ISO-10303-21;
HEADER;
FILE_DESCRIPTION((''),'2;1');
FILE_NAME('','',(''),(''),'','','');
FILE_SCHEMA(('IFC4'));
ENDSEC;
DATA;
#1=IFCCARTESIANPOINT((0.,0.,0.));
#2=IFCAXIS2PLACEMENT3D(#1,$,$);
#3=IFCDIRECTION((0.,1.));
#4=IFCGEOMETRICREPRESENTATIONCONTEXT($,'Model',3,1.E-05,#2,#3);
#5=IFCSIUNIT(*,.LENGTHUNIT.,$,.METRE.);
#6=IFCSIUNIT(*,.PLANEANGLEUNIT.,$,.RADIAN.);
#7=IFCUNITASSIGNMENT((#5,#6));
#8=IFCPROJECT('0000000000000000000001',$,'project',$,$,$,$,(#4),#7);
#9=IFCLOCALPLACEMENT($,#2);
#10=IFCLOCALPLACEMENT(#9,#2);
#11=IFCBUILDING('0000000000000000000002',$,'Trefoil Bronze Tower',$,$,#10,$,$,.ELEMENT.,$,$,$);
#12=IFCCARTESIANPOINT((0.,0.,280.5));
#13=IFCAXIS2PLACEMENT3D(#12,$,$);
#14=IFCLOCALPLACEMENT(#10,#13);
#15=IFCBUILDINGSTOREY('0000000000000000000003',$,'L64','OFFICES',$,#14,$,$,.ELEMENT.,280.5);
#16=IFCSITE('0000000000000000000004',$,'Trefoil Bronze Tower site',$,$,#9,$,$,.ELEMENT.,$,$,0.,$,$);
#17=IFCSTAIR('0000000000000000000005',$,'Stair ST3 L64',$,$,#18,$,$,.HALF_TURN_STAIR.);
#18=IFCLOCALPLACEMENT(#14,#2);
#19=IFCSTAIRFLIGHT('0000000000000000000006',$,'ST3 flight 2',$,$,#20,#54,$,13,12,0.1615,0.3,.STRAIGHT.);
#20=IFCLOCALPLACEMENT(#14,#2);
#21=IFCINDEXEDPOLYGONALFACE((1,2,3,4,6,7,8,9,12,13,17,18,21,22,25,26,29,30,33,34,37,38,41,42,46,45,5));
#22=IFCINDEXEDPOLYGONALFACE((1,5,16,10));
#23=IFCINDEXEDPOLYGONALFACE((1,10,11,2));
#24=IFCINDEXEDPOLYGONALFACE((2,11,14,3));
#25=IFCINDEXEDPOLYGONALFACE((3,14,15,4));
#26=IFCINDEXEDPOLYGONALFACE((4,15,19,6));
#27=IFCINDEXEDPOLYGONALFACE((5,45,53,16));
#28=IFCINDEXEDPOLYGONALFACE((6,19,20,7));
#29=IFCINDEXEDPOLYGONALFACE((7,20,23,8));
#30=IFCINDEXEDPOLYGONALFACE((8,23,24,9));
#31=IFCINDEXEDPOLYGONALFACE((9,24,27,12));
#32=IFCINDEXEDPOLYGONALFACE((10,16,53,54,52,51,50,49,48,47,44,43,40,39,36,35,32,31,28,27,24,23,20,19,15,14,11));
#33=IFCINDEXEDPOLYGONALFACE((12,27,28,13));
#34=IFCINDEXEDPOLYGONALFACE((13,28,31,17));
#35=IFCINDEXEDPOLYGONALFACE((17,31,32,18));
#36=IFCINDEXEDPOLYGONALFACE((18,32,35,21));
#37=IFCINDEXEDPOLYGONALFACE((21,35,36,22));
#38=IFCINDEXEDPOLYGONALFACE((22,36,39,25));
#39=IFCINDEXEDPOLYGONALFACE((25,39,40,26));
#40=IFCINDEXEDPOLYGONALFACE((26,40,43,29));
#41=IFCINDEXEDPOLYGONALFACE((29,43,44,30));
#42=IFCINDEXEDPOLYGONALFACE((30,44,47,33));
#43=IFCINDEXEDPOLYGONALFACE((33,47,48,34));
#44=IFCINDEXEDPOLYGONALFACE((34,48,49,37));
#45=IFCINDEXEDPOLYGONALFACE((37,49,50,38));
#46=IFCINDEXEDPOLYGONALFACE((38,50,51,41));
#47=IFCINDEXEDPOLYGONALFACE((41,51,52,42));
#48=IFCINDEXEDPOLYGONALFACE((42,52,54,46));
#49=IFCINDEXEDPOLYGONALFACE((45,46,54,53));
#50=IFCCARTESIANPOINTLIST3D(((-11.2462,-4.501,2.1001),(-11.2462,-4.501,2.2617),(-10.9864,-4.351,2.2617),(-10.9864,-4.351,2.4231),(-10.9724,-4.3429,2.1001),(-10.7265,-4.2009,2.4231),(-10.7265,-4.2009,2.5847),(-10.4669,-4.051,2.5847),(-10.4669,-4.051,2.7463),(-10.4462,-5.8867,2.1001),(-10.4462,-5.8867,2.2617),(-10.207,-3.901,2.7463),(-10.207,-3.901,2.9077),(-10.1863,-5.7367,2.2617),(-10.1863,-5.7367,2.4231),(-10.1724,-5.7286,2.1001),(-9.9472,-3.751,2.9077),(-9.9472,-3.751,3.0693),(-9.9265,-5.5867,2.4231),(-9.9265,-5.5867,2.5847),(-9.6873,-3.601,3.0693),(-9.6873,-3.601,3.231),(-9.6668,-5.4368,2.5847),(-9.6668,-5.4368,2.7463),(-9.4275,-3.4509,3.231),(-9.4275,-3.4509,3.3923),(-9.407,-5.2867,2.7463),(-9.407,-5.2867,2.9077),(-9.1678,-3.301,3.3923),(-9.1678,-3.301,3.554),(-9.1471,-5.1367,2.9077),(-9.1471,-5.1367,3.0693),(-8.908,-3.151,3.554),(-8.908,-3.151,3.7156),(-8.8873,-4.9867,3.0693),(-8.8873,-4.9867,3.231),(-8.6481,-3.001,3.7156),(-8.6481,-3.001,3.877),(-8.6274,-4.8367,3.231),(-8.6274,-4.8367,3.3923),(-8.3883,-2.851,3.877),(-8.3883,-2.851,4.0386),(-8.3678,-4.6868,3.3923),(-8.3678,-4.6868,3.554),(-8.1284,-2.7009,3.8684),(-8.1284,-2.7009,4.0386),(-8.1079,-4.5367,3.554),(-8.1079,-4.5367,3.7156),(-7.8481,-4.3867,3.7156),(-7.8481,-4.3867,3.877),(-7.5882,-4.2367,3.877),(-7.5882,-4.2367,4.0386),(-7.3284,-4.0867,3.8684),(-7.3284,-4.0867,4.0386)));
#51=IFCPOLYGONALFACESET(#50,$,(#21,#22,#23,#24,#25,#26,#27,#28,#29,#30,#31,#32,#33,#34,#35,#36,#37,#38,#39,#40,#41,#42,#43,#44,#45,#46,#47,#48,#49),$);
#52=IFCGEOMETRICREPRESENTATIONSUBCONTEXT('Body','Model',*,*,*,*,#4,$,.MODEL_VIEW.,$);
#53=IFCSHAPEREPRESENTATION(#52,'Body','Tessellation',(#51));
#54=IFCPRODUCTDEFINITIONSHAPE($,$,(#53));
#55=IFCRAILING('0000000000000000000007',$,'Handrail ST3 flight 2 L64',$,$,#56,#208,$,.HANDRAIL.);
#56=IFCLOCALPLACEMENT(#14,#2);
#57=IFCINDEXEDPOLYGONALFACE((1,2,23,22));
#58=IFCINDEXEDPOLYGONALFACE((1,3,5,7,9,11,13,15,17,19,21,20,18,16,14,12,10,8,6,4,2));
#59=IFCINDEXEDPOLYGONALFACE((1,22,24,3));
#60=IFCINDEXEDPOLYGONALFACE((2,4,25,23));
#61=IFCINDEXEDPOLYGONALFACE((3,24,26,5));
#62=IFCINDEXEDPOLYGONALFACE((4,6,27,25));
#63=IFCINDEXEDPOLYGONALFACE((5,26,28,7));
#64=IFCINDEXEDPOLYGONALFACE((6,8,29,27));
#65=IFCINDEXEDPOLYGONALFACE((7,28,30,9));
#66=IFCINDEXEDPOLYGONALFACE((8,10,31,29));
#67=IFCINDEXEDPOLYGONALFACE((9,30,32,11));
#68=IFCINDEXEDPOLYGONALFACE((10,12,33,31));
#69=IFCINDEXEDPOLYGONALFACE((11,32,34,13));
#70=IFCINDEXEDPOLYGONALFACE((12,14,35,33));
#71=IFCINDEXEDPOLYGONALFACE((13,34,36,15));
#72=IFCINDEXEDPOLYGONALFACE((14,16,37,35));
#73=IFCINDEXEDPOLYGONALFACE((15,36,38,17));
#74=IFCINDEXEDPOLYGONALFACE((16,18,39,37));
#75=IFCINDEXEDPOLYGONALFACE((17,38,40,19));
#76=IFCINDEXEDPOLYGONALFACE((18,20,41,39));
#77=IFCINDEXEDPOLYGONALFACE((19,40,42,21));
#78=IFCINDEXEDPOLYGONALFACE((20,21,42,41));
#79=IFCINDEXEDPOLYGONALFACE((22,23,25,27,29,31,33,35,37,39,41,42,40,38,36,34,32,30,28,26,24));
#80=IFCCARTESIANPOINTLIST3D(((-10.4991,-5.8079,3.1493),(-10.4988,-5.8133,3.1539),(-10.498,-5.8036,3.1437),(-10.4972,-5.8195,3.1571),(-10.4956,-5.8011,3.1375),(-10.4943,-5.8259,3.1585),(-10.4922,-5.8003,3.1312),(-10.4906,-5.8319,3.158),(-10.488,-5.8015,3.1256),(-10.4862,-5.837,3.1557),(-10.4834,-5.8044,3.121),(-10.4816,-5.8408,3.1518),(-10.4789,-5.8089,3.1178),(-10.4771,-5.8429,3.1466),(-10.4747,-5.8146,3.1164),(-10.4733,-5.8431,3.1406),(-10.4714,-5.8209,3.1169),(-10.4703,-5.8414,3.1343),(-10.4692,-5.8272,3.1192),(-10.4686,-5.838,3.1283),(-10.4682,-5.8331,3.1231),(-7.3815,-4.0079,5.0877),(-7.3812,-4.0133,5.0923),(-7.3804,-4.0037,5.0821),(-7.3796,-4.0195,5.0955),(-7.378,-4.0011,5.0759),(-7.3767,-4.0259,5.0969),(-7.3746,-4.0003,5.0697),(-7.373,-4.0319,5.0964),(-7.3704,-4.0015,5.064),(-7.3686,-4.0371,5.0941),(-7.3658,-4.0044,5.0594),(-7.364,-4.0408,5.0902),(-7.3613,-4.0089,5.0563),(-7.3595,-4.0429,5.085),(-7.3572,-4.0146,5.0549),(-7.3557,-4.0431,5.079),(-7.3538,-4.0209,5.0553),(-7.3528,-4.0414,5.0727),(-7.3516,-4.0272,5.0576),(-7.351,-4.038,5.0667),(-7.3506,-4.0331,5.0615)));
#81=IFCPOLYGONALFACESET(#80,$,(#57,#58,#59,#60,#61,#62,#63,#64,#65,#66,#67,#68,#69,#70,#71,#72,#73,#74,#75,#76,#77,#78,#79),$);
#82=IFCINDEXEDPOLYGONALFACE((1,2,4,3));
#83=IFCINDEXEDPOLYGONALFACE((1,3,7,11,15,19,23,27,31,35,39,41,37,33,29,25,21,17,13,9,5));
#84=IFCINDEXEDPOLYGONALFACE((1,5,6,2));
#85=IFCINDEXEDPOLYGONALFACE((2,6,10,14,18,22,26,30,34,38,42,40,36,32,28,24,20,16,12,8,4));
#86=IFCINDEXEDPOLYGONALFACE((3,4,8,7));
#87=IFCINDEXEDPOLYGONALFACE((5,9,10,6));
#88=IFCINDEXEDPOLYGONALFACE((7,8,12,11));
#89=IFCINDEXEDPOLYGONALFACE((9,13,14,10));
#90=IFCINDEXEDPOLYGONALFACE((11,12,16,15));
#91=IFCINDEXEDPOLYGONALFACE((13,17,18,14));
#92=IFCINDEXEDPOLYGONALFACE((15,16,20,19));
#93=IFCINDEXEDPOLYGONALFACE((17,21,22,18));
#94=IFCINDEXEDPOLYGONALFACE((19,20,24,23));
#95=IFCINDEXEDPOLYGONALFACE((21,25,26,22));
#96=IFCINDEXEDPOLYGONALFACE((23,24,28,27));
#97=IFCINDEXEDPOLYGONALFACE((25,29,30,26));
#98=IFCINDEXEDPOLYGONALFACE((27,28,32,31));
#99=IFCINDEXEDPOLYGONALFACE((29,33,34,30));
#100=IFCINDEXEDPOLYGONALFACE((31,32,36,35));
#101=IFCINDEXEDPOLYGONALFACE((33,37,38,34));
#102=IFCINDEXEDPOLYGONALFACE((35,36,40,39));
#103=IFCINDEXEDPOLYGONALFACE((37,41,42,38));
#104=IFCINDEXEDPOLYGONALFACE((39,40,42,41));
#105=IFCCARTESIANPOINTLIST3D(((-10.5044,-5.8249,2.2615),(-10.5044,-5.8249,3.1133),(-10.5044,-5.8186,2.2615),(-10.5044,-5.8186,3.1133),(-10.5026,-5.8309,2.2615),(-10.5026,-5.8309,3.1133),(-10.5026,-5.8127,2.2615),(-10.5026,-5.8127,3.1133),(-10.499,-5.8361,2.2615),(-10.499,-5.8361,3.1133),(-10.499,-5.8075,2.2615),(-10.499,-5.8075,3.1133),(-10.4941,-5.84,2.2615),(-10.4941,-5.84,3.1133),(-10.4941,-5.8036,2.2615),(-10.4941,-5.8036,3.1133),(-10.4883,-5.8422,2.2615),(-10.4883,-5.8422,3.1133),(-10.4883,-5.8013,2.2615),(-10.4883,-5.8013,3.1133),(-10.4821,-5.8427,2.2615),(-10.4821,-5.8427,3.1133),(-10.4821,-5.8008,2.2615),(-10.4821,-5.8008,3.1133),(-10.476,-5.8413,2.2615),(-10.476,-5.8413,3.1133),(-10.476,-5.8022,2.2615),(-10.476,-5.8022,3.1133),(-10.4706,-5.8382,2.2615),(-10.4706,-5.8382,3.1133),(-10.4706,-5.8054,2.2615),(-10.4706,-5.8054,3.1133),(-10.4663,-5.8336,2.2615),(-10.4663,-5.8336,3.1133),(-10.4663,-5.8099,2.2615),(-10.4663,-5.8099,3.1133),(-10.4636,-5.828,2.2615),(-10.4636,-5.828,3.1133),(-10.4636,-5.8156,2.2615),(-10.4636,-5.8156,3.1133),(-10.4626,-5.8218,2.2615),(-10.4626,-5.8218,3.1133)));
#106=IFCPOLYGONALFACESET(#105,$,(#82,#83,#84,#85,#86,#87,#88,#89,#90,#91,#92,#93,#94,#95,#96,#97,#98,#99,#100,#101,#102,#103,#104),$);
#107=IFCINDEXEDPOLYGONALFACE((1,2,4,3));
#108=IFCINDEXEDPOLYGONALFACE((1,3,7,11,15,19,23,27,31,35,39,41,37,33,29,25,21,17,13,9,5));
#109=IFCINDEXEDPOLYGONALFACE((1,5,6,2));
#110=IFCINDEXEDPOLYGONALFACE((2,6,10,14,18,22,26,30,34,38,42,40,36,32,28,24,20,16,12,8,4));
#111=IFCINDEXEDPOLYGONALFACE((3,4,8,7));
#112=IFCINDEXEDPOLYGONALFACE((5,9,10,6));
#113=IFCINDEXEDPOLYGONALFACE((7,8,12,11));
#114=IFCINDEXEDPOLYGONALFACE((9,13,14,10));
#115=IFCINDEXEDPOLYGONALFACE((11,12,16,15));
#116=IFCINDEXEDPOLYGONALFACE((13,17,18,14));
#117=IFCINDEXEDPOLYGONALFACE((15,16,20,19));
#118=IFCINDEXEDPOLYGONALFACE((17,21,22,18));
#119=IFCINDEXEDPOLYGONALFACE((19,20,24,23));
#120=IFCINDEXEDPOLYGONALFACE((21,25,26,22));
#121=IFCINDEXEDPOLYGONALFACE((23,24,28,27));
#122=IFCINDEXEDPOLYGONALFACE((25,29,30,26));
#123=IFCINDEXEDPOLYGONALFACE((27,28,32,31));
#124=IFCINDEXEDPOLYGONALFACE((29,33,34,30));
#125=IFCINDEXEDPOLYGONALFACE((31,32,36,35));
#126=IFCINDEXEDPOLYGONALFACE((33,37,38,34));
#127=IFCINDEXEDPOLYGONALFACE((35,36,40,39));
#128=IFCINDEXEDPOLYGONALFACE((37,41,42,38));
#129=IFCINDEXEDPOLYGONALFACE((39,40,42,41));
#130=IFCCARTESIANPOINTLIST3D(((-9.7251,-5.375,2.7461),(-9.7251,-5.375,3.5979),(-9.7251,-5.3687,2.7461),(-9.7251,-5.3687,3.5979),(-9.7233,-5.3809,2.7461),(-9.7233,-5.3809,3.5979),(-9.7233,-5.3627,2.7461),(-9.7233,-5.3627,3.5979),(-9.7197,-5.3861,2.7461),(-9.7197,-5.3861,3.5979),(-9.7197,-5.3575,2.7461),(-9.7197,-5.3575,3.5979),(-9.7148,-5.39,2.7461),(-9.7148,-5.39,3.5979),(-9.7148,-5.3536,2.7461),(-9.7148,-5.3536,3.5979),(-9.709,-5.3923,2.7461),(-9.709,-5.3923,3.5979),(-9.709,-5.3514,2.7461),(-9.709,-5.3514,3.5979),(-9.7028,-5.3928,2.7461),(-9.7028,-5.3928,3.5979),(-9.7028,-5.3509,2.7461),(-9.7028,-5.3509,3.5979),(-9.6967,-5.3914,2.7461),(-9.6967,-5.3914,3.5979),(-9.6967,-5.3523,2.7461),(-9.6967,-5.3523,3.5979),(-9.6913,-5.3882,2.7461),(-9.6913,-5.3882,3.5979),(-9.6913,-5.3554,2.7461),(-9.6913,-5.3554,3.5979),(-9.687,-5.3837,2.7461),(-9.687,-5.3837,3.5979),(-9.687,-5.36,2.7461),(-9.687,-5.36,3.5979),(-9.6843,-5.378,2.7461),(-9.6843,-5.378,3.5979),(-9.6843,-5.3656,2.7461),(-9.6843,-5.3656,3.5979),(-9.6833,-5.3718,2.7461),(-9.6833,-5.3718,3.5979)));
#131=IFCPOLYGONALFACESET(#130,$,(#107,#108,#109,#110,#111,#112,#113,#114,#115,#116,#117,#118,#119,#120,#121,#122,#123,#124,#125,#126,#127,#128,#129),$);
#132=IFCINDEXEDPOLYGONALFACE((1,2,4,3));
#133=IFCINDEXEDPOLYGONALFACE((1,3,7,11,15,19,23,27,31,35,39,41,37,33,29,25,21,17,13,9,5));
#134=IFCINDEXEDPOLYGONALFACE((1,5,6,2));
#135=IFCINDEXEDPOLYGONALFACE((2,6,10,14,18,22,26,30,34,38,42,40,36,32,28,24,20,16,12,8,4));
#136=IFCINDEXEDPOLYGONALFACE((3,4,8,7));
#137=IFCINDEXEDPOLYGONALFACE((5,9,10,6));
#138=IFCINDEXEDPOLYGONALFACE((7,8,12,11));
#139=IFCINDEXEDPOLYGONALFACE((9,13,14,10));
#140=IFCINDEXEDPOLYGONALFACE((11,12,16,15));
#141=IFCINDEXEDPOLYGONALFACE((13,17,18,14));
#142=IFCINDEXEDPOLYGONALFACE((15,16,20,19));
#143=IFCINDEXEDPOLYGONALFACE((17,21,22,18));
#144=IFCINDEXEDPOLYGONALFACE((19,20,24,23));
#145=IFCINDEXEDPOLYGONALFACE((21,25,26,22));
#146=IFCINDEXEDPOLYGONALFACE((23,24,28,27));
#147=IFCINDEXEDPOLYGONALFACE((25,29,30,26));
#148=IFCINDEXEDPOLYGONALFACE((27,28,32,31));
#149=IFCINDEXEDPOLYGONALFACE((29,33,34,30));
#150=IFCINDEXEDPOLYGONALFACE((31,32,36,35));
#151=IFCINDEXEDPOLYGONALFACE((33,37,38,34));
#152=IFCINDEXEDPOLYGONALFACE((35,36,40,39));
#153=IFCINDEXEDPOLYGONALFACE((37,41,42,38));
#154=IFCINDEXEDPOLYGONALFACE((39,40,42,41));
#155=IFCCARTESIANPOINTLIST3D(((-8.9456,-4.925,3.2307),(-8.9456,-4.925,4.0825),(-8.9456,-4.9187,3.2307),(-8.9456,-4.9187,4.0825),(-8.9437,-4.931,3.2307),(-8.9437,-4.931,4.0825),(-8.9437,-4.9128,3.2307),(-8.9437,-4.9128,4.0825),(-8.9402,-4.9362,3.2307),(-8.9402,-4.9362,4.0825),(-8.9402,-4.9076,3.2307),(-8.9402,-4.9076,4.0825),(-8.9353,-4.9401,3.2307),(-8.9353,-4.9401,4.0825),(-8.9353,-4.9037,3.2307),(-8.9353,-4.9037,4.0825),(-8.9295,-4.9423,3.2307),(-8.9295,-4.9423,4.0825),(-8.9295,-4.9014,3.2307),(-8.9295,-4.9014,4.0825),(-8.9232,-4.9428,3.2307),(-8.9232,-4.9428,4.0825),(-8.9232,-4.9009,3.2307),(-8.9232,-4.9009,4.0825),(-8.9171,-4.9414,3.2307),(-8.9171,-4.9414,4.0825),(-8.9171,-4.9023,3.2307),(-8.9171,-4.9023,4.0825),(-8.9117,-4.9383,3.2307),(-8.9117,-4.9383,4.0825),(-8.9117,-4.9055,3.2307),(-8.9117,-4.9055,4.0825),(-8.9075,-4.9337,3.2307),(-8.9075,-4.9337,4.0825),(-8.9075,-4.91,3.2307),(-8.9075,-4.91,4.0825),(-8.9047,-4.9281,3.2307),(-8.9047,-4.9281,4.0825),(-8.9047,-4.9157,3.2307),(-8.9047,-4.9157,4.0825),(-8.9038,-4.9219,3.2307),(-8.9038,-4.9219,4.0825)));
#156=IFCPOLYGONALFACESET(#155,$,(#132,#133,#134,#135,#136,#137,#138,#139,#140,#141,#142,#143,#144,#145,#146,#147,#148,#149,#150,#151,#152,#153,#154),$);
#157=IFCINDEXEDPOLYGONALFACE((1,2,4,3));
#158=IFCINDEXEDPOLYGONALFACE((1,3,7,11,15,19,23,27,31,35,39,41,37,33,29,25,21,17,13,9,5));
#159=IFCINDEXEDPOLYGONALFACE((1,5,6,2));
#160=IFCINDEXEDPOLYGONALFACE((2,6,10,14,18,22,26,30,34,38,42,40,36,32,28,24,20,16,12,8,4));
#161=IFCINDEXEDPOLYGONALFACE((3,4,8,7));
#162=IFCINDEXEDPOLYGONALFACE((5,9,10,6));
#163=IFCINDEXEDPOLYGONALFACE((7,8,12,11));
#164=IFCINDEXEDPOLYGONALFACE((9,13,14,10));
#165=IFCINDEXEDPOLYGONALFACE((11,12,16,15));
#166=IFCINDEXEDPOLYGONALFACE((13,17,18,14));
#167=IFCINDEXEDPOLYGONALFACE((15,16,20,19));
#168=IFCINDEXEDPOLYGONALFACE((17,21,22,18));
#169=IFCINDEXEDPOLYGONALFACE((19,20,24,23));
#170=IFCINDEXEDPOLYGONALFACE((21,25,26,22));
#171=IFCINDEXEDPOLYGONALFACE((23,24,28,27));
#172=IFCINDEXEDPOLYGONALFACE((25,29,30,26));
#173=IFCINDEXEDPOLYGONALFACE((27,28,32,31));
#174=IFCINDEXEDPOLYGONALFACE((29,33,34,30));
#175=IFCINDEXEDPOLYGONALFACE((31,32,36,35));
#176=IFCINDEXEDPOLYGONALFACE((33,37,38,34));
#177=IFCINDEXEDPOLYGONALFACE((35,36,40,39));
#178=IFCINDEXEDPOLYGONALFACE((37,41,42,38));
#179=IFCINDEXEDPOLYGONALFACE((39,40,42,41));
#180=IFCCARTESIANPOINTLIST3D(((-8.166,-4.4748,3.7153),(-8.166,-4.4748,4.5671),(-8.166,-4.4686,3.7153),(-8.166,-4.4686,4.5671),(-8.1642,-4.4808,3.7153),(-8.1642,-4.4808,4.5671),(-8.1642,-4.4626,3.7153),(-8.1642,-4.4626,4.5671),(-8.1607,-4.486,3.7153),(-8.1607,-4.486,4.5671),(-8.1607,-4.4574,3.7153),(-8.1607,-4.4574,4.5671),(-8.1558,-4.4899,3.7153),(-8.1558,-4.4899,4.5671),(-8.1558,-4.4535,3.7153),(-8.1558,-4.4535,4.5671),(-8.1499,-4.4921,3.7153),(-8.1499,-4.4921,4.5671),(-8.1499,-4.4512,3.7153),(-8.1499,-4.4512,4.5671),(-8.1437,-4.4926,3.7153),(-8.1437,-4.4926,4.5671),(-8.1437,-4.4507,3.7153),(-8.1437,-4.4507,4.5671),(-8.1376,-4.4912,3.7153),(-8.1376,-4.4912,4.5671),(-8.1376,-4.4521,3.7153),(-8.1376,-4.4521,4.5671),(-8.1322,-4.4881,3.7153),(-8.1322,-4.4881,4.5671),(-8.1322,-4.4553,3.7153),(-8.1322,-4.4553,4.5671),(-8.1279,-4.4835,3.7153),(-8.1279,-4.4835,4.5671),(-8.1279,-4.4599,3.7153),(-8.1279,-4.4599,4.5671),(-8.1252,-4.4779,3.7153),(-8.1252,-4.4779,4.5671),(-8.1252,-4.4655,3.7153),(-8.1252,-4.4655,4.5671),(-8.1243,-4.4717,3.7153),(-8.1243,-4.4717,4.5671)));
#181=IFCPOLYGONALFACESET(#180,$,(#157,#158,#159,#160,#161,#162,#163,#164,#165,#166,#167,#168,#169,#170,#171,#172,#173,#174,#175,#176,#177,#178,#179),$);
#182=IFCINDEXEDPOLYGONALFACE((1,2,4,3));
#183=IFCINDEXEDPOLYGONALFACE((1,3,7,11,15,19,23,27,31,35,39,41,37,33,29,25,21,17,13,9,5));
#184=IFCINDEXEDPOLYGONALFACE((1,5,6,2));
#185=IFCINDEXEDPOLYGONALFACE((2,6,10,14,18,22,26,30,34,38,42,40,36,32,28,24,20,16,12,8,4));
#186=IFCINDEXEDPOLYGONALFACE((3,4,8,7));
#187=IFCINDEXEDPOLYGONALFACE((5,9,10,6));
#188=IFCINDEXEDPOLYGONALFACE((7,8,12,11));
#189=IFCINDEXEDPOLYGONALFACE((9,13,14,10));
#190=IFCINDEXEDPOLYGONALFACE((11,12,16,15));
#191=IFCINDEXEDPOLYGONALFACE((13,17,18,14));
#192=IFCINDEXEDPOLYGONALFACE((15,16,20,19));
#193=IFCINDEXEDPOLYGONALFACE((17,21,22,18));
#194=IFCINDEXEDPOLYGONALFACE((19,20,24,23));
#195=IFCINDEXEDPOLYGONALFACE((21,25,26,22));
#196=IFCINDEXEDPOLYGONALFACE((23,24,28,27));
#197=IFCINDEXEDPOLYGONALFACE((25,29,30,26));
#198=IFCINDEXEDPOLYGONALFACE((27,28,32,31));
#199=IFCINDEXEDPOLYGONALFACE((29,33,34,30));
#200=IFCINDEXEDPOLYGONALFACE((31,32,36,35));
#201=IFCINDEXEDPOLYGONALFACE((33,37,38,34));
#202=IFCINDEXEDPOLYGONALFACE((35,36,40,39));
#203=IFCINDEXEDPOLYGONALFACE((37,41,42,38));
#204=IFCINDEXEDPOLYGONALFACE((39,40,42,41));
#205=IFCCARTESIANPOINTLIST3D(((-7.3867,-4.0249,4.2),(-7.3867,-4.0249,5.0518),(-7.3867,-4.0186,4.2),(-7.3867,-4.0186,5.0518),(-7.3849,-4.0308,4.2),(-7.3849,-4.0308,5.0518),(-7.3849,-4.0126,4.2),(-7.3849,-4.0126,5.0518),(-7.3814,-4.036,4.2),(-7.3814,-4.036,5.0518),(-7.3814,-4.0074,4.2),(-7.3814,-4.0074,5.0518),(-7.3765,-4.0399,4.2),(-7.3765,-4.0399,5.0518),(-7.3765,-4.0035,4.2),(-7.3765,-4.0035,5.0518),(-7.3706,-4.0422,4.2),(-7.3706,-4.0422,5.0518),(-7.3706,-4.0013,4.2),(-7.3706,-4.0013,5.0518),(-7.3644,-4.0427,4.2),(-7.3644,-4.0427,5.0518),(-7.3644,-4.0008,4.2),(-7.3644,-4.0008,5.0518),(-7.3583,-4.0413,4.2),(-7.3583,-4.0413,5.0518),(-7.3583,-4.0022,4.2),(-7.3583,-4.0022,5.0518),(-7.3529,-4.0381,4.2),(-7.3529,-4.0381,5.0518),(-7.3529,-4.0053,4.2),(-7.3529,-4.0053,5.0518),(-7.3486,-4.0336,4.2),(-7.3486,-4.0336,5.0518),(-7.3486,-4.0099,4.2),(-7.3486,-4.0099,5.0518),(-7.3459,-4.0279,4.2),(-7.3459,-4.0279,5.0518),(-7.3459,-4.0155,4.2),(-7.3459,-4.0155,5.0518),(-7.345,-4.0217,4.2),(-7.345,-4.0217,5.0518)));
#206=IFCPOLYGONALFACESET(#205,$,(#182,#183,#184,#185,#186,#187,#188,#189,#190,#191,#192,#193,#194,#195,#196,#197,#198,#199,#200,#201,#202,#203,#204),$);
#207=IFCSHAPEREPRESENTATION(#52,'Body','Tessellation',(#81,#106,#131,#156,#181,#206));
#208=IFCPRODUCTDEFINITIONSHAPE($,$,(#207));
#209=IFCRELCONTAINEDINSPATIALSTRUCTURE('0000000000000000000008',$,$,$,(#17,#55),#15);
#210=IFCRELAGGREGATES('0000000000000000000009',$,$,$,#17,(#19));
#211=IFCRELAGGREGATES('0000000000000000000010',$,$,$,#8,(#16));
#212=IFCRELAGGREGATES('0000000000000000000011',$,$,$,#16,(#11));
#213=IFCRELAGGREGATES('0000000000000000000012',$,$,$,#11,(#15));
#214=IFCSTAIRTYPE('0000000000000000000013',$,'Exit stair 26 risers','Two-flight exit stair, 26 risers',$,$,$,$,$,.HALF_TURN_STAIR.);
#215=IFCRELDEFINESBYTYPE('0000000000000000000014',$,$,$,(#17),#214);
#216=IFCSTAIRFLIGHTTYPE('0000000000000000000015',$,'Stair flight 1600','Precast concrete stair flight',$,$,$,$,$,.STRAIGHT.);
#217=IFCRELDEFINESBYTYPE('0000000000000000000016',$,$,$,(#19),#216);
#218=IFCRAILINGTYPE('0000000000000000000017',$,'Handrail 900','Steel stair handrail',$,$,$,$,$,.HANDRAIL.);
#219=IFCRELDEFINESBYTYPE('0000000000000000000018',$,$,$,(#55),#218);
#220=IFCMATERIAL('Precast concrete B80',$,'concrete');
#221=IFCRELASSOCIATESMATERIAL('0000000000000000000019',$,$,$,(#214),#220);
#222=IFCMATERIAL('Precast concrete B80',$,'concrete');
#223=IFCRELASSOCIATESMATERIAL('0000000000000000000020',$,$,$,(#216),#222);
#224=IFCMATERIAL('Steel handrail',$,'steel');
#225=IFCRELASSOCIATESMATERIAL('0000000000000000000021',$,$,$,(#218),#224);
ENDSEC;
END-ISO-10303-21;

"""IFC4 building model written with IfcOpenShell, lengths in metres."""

from ifc_helpers import new_model, si_unit, direction, frame, origin, origin_2d, place, context, subcontext, project, spatial, polyline, circle, outline, extrude, material, type_object, element, aggregate, save


model = new_model("IFC4")

# Units and contexts
model_context = context("Model", 3, precision=1e-05, world=origin(), true_north=direction((0.0, 1.0)))
body_context = subcontext(model_context, "Body", "Model", "MODEL_VIEW")
ifc_project = project(units=[si_unit("LENGTHUNIT", "METRE"), si_unit("PLANEANGLEUNIT", "RADIAN")], contexts=[model_context])

# Site, building, storey
site_placement = place(None, origin())
site = spatial("IfcSite", under=ifc_project, at=site_placement, Name="Trefoil Bronze Tower site", CompositionType="ELEMENT", RefElevation=0.0)
building_placement = place(site_placement, origin())
building = spatial("IfcBuilding", under=site, at=building_placement, Name="Trefoil Bronze Tower", CompositionType="ELEMENT")
storey_placement = place(building_placement, frame((0.0, 0.0, 280.5)))
storey = spatial("IfcBuildingStorey", under=building, at=storey_placement, Name="L64", Description="OFFICES", CompositionType="ELEMENT", Elevation=280.5)

# Stair, stair flight
ifc_material_1 = material(Name="Precast concrete B80", Category="concrete")
stair_type = type_object("IfcStairType", Name="Exit stair 26 risers", Description="Two-flight exit stair, 26 risers", PredefinedType="HALF_TURN_STAIR", material=ifc_material_1)
stair_placement = place(storey_placement, origin())
stair = element("IfcStair", 1, at=stair_placement, inside=storey, type_object=stair_type, Name="Stair ST3 L64", PredefinedType="HALF_TURN_STAIR")
ifc_material_2 = material(Name="Precast concrete B80", Category="concrete")
stair_flight_type = type_object("IfcStairFlightType", Name="Stair flight 1600", Description="Precast concrete stair flight", PredefinedType="STRAIGHT", material=ifc_material_2)
stair_flight_1_placement = place(storey_placement, frame((-10.8462, -5.1938, 2.1001), z_axis=(0.0, 0.0, 1.0), x_axis=(0.866025, 0.5, 0.0)))
stair_flight_1 = element("IfcStairFlight", 2, at=stair_flight_1_placement, type_object=stair_flight_type, Name="ST3 flight 2", NumberOfRisers=13, NumberOfTreads=12, PredefinedType="STRAIGHT", RiserHeight=0.1615, TreadLength=0.3, context=body_context, shape_type="SweptSolid", body=[
    extrude(outline(polyline([(0.0, 0.0), (0.0, 0.1616), (0.3, 0.1616), (0.3, 0.323), (0.6001, 0.323), (0.6001, 0.4846), (0.8999, 0.4846), (0.8999, 0.6462), (1.2, 0.6462), (1.2, 0.8076), (1.5, 0.8076), (1.5, 0.9692), (1.8, 0.9692), (1.8, 1.1309), (2.1001, 1.1309), (2.1001, 1.2922), (2.3999, 1.2922), (2.3999, 1.4539), (2.7, 1.4539), (2.7, 1.6155), (3.0, 1.6155), (3.0, 1.7769), (3.3, 1.7769), (3.3, 1.9385), (3.6001, 1.9385), (3.6001, 2.1001), (3.6001, 1.7683), (0.3162, 0.0), (0.0, 0.0)])), frame((0.0, 0.8, 0.0), z_axis=(0.0, -1.0, 0.0), x_axis=(1.0, 0.0, 0.0)), (0.0, 0.0, 1.0), 1.6001),
])
aggregate(stair, [stair_flight_1])

# Railing
ifc_material_3 = material(Name="Steel handrail", Category="steel")
railing_type = type_object("IfcRailingType", Name="Handrail 900", Description="Steel stair handrail", PredefinedType="HANDRAIL", material=ifc_material_3)
railing_placement = place(storey_placement, frame((-10.4836, -5.8218, 2.2615)))
element("IfcRailing", 3, at=railing_placement, inside=storey, type_object=railing_type, Name="Handrail ST3 flight 2 L64", PredefinedType="HANDRAIL", context=body_context, shape_type="SweptSolid", body=[
    extrude(circle(Radius=0.0239, at=origin_2d()), frame((0.0, 0.0, 0.876), z_axis=(0.762503, 0.440246, 0.474102), x_axis=(-0.500012, 0.866018, 0.0)), (0.0, 0.0, 1.0), 4.0886),
    extrude(circle(Radius=0.021, at=origin_2d()), origin(), (0.0, 0.0, 1.0), 0.8518),
    extrude(circle(Radius=0.021, at=origin_2d()), frame((0.7793, 0.45, 0.4846)), (0.0, 0.0, 1.0), 0.8518),
    extrude(circle(Radius=0.021, at=origin_2d()), frame((1.5588, 0.8999, 0.9692)), (0.0, 0.0, 1.0), 0.8518),
    extrude(circle(Radius=0.021, at=origin_2d()), frame((2.3384, 1.3501, 1.4539)), (0.0, 0.0, 1.0), 0.8518),
    extrude(circle(Radius=0.021, at=origin_2d()), frame((3.1177, 1.8, 1.9385)), (0.0, 0.0, 1.0), 0.8518),
])

save(model, "model.ifc")
